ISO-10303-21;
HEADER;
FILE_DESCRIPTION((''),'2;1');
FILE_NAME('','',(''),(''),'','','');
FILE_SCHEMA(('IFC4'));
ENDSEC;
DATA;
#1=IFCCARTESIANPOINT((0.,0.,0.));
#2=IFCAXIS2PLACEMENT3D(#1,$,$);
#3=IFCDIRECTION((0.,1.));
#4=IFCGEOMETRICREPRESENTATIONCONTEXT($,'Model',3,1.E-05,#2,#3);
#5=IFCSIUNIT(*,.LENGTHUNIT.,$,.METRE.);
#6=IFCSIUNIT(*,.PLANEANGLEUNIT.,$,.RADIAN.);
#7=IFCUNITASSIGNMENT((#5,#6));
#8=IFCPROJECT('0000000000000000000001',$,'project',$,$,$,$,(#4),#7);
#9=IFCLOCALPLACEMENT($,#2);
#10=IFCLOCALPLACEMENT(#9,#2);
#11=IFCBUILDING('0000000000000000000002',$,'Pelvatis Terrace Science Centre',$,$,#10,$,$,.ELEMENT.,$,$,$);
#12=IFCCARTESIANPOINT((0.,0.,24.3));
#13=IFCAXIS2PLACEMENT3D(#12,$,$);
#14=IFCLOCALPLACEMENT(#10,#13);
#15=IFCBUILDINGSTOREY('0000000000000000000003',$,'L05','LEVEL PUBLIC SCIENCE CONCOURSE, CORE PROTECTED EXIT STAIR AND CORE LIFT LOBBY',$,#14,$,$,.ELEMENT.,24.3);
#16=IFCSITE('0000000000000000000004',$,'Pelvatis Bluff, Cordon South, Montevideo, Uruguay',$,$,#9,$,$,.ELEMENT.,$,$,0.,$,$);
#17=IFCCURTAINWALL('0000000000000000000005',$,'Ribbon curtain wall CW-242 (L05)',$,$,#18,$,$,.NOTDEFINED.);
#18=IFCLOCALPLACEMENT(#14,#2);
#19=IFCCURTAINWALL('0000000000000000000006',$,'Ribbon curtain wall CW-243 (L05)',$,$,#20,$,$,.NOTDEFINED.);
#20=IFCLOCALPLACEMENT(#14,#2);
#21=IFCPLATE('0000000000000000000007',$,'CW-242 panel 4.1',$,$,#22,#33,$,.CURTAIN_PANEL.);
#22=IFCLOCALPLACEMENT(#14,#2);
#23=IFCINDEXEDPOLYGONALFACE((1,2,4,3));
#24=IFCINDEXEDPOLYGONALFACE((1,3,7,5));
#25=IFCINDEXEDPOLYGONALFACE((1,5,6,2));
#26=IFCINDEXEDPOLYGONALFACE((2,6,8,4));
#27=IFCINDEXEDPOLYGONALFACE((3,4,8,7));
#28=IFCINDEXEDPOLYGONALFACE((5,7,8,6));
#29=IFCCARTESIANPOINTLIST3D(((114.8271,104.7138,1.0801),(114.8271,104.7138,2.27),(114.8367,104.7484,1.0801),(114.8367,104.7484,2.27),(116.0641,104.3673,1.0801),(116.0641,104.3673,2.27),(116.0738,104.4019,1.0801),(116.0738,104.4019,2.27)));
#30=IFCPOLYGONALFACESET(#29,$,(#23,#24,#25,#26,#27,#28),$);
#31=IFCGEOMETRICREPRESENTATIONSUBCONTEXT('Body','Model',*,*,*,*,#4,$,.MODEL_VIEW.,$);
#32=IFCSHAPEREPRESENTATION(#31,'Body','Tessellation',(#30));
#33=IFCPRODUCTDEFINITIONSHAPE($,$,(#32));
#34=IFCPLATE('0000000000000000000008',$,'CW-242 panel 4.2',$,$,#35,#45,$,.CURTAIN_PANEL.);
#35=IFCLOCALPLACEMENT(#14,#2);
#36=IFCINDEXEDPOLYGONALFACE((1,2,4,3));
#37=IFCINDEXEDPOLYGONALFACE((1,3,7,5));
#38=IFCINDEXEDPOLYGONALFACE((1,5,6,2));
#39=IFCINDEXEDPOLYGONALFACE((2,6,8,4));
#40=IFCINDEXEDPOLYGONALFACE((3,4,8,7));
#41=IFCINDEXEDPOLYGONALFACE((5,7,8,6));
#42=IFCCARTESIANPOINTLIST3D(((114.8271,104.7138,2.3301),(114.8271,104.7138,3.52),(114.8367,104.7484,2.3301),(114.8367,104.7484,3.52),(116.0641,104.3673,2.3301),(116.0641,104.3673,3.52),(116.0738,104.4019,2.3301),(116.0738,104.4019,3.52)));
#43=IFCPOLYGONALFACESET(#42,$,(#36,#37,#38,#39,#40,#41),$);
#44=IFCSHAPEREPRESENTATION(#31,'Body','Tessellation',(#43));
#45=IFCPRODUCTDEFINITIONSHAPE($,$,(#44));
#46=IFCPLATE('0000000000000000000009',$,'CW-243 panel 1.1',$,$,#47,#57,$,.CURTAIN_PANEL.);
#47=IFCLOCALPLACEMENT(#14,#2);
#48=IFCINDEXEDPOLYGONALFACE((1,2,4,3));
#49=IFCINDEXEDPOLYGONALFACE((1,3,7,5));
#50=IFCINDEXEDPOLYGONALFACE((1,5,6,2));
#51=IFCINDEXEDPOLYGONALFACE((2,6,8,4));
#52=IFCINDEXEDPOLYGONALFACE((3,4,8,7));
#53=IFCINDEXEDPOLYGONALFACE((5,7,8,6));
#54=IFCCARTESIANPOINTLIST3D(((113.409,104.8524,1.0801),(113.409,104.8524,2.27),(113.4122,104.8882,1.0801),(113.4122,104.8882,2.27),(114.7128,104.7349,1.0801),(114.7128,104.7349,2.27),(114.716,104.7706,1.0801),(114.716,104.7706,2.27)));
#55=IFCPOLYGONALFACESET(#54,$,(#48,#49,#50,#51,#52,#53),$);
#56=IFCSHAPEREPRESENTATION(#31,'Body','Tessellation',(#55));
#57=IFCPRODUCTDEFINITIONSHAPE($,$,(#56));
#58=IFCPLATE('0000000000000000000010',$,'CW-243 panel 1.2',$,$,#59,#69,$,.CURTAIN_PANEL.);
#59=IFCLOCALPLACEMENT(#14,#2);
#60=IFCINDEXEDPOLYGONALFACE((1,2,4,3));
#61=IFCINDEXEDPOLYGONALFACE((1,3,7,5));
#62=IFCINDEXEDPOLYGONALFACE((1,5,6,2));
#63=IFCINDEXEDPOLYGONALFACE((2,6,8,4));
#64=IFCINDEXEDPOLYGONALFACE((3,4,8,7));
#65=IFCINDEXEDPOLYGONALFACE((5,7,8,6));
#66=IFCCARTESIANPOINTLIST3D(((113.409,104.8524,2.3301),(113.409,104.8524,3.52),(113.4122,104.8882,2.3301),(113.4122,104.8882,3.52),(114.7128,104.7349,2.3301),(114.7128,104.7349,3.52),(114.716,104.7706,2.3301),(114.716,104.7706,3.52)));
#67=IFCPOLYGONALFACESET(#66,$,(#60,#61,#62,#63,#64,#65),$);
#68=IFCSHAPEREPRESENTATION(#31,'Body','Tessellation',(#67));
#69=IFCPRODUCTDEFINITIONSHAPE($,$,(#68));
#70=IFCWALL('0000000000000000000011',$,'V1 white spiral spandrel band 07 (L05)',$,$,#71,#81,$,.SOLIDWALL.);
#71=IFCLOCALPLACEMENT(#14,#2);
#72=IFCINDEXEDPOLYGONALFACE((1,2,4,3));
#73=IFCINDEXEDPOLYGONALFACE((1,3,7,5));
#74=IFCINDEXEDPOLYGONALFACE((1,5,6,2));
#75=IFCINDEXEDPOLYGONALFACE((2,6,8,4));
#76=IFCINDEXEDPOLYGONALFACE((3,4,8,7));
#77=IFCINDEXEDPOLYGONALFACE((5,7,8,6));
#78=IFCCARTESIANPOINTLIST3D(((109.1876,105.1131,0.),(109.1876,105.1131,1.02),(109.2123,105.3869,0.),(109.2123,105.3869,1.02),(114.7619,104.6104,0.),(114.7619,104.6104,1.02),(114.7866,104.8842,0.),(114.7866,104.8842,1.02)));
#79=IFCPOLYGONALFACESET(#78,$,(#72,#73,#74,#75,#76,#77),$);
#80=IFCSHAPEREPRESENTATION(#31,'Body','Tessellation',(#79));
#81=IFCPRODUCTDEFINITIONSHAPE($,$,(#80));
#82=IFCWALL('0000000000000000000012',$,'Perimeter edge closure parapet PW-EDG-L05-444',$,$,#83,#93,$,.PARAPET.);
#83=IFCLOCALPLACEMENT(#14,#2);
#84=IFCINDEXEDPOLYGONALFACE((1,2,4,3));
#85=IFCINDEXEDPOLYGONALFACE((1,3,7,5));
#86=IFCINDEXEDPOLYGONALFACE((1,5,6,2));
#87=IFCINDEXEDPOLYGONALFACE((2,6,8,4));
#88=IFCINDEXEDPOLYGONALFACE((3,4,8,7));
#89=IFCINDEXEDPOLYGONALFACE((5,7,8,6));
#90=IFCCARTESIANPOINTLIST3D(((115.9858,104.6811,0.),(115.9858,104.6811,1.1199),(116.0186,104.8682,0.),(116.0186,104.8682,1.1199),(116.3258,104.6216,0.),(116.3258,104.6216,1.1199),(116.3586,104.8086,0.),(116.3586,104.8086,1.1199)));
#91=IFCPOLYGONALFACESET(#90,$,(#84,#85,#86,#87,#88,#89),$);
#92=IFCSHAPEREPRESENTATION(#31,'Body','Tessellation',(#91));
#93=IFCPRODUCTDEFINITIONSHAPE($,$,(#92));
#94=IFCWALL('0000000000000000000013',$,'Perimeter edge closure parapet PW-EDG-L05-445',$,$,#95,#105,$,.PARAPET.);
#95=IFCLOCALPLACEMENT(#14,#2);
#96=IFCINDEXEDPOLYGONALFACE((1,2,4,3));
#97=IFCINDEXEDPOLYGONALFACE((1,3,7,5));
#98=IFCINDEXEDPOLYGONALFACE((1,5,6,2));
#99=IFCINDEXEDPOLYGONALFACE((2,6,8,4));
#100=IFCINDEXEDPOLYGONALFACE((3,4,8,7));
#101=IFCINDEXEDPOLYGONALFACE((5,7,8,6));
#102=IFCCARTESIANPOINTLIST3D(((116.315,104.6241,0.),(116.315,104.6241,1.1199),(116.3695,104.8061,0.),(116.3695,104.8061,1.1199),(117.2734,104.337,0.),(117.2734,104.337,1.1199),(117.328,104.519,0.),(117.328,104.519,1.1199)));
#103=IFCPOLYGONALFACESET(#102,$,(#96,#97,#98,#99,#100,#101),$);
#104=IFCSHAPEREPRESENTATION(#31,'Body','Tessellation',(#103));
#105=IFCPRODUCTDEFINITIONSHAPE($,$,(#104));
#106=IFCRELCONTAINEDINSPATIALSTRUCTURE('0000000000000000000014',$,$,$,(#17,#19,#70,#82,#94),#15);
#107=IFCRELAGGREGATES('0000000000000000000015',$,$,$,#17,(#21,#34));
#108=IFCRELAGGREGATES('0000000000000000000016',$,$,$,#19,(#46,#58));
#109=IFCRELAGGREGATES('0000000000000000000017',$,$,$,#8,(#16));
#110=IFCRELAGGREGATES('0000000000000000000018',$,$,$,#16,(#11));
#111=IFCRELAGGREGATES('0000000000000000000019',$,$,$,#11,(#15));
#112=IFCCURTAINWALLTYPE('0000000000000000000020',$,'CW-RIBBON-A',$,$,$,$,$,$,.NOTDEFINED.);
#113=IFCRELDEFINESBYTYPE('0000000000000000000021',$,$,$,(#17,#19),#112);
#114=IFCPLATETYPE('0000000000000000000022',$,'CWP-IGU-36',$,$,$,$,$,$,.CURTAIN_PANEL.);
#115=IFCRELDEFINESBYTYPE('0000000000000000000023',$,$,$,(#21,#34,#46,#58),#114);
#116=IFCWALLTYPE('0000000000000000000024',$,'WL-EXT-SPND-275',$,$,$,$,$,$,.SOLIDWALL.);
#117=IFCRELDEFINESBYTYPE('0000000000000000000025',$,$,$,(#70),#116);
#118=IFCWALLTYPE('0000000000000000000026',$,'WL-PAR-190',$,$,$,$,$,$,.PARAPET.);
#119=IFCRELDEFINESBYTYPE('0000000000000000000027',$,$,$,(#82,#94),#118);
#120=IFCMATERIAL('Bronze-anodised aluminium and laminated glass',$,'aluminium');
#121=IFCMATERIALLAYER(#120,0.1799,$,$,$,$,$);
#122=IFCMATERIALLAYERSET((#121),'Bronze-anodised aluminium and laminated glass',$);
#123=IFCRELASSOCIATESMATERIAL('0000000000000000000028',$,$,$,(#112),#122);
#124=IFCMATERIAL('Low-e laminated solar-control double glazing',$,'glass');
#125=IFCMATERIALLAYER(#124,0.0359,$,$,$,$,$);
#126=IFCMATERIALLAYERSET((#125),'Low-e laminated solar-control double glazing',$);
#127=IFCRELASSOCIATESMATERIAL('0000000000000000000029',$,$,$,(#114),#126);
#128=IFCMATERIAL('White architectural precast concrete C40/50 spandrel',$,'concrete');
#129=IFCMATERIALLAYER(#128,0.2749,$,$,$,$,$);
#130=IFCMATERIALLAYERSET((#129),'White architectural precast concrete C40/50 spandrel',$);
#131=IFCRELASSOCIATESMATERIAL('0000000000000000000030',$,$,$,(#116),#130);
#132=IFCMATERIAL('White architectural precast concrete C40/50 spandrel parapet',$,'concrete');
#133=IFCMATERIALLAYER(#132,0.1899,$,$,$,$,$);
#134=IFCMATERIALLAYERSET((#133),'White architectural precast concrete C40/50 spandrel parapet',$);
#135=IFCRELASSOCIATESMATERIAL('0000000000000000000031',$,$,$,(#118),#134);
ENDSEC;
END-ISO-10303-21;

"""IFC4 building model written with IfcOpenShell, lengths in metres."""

from ifc_helpers import new_model, si_unit, direction, frame, frame_2d, origin, origin_2d, place, context, subcontext, project, spatial, rectangle, extrude, material, layer, layer_set, type_object, element, aggregate, save


model = new_model("IFC4")

# Units and contexts
model_context = context("Model", 3, precision=1e-05, world=origin(), true_north=direction((0.0, 1.0)))
body_context = subcontext(model_context, "Body", "Model", "MODEL_VIEW")
ifc_project = project(units=[si_unit("LENGTHUNIT", "METRE"), si_unit("PLANEANGLEUNIT", "RADIAN")], contexts=[model_context])

# Site, building, storey
site_placement = place(None, origin())
site = spatial("IfcSite", under=ifc_project, at=site_placement, Name="Pelvatis Bluff, Cordon South, Montevideo, Uruguay", CompositionType="ELEMENT", RefElevation=0.0)
building_placement = place(site_placement, origin())
building = spatial("IfcBuilding", under=site, at=building_placement, Name="Pelvatis Terrace Science Centre", CompositionType="ELEMENT")
storey_placement = place(building_placement, frame((0.0, 0.0, 24.3)))
storey = spatial("IfcBuildingStorey", under=building, at=storey_placement, Name="L05", Description="LEVEL PUBLIC SCIENCE CONCOURSE, CORE PROTECTED EXIT STAIR AND CORE LIFT LOBBY", CompositionType="ELEMENT", Elevation=24.3)

# Curtain wall
ifc_material_1 = material(Name="Bronze-anodised aluminium and laminated glass", Category="aluminium")
ifc_layer_1 = layer(ifc_material_1, 0.1799)
ifc_layer_set_1 = layer_set([ifc_layer_1], Name="Bronze-anodised aluminium and laminated glass")
curtain_wall_type = type_object("IfcCurtainWallType", Name="CW-RIBBON-A", PredefinedType="NOTDEFINED", material=ifc_layer_set_1)
curtain_wall_1_placement = place(storey_placement, origin())
curtain_wall_1 = element("IfcCurtainWall", 1, at=curtain_wall_1_placement, inside=storey, type_object=curtain_wall_type, Name="Ribbon curtain wall CW-242 (L05)", PredefinedType="NOTDEFINED")

# Curtain wall
curtain_wall_2_placement = place(storey_placement, origin())
curtain_wall_2 = element("IfcCurtainWall", 2, at=curtain_wall_2_placement, inside=storey, type_object=curtain_wall_type, Name="Ribbon curtain wall CW-243 (L05)", PredefinedType="NOTDEFINED")

# Plates
ifc_material_2 = material(Name="Low-e laminated solar-control double glazing", Category="glass")
ifc_layer_2 = layer(ifc_material_2, 0.0359)
ifc_layer_set_2 = layer_set([ifc_layer_2], Name="Low-e laminated solar-control double glazing")
plate_type = type_object("IfcPlateType", Name="CWP-IGU-36", PredefinedType="CURTAIN_PANEL", material=ifc_layer_set_2)
plate_1_placement = place(storey_placement, frame((115.4504, 104.5579, 1.0801), z_axis=(0.0, 0.0, 1.0), x_axis=(-0.962946, 0.269695, 0.0)))
plate_1 = element("IfcPlate", 3, at=plate_1_placement, type_object=plate_type, Name="CW-242 panel 4.1", PredefinedType="CURTAIN_PANEL", context=body_context, shape_type="SweptSolid", body=[
    extrude(rectangle(XDim=1.2847, YDim=0.0359, at=origin_2d()), origin(), (0.0, 0.0, 1.0), 1.1899),
])
plate_2_placement = place(storey_placement, frame((115.4504, 104.5579, 2.3301), z_axis=(0.0, 0.0, 1.0), x_axis=(-0.962946, 0.269695, 0.0)))
plate_2 = element("IfcPlate", 4, at=plate_2_placement, type_object=plate_type, Name="CW-242 panel 4.2", PredefinedType="CURTAIN_PANEL", context=body_context, shape_type="SweptSolid", body=[
    extrude(rectangle(XDim=1.2847, YDim=0.0359, at=origin_2d()), origin(), (0.0, 0.0, 1.0), 1.1899),
])
aggregate(curtain_wall_1, [plate_1, plate_2])
plate_3_placement = place(storey_placement, frame((114.0625, 104.8115, 1.0801), z_axis=(0.0, 0.0, 1.0), x_axis=(-0.995958, 0.08982, 0.0)))
plate_3 = element("IfcPlate", 5, at=plate_3_placement, type_object=plate_type, Name="CW-243 panel 1.1", PredefinedType="CURTAIN_PANEL", context=body_context, shape_type="SweptSolid", body=[
    extrude(rectangle(XDim=1.3091, YDim=0.0359, at=origin_2d()), origin(), (0.0, 0.0, 1.0), 1.1899),
])
plate_4_placement = place(storey_placement, frame((114.0625, 104.8115, 2.3301), z_axis=(0.0, 0.0, 1.0), x_axis=(-0.995958, 0.08982, 0.0)))
plate_4 = element("IfcPlate", 6, at=plate_4_placement, type_object=plate_type, Name="CW-243 panel 1.2", PredefinedType="CURTAIN_PANEL", context=body_context, shape_type="SweptSolid", body=[
    extrude(rectangle(XDim=1.3091, YDim=0.0359, at=origin_2d()), origin(), (0.0, 0.0, 1.0), 1.1899),
])
aggregate(curtain_wall_2, [plate_3, plate_4])

# Walls
ifc_material_3 = material(Name="White architectural precast concrete C40/50 spandrel", Category="concrete")
ifc_layer_3 = layer(ifc_material_3, 0.2749)
ifc_layer_set_3 = layer_set([ifc_layer_3], Name="White architectural precast concrete C40/50 spandrel")
wall_type_1 = type_object("IfcWallType", Name="WL-EXT-SPND-275", PredefinedType="SOLIDWALL", material=ifc_layer_set_3)
wall_1_placement = place(storey_placement, frame((114.7742, 104.7473, 0.0), z_axis=(0.0, 0.0, 1.0), x_axis=(-0.995958, 0.089816, 0.0)))
element("IfcWall", 7, at=wall_1_placement, inside=storey, type_object=wall_type_1, Name="V1 white spiral spandrel band 07 (L05)", PredefinedType="SOLIDWALL", context=body_context, shape_type="SweptSolid", body=[
    extrude(rectangle(XDim=5.5969, YDim=0.2749, at=frame_2d((2.7983, 0.0))), origin(), (0.0, 0.0, 1.0), 1.02),
])
ifc_material_4 = material(Name="White architectural precast concrete C40/50 spandrel parapet", Category="concrete")
ifc_layer_4 = layer(ifc_material_4, 0.1899)
ifc_layer_set_4 = layer_set([ifc_layer_4], Name="White architectural precast concrete C40/50 spandrel parapet")
wall_type_2 = type_object("IfcWallType", Name="WL-PAR-190", PredefinedType="PARAPET", material=ifc_layer_set_4)
wall_2_placement = place(storey_placement, frame((116.0022, 104.7747, 0.0), z_axis=(0.0, 0.0, 1.0), x_axis=(0.985003, -0.172535, 0.0)))
element("IfcWall", 8, at=wall_2_placement, inside=storey, type_object=wall_type_2, Name="Perimeter edge closure parapet PW-EDG-L05-444", PredefinedType="PARAPET", context=body_context, shape_type="SweptSolid", body=[
    extrude(rectangle(XDim=0.3452, YDim=0.1899, at=frame_2d((0.1726, 0.0))), origin(), (0.0, 0.0, 1.0), 1.1199),
])
wall_3_placement = place(storey_placement, frame((116.3423, 104.7151, 0.0), z_axis=(0.0, 0.0, 1.0), x_axis=(0.957947, -0.286945, 0.0)))
element("IfcWall", 9, at=wall_3_placement, inside=storey, type_object=wall_type_2, Name="Perimeter edge closure parapet PW-EDG-L05-445", PredefinedType="PARAPET", context=body_context, shape_type="SweptSolid", body=[
    extrude(rectangle(XDim=1.0005, YDim=0.1899, at=frame_2d((0.5002, 0.0))), origin(), (0.0, 0.0, 1.0), 1.1199),
])

save(model, "model.ifc")
